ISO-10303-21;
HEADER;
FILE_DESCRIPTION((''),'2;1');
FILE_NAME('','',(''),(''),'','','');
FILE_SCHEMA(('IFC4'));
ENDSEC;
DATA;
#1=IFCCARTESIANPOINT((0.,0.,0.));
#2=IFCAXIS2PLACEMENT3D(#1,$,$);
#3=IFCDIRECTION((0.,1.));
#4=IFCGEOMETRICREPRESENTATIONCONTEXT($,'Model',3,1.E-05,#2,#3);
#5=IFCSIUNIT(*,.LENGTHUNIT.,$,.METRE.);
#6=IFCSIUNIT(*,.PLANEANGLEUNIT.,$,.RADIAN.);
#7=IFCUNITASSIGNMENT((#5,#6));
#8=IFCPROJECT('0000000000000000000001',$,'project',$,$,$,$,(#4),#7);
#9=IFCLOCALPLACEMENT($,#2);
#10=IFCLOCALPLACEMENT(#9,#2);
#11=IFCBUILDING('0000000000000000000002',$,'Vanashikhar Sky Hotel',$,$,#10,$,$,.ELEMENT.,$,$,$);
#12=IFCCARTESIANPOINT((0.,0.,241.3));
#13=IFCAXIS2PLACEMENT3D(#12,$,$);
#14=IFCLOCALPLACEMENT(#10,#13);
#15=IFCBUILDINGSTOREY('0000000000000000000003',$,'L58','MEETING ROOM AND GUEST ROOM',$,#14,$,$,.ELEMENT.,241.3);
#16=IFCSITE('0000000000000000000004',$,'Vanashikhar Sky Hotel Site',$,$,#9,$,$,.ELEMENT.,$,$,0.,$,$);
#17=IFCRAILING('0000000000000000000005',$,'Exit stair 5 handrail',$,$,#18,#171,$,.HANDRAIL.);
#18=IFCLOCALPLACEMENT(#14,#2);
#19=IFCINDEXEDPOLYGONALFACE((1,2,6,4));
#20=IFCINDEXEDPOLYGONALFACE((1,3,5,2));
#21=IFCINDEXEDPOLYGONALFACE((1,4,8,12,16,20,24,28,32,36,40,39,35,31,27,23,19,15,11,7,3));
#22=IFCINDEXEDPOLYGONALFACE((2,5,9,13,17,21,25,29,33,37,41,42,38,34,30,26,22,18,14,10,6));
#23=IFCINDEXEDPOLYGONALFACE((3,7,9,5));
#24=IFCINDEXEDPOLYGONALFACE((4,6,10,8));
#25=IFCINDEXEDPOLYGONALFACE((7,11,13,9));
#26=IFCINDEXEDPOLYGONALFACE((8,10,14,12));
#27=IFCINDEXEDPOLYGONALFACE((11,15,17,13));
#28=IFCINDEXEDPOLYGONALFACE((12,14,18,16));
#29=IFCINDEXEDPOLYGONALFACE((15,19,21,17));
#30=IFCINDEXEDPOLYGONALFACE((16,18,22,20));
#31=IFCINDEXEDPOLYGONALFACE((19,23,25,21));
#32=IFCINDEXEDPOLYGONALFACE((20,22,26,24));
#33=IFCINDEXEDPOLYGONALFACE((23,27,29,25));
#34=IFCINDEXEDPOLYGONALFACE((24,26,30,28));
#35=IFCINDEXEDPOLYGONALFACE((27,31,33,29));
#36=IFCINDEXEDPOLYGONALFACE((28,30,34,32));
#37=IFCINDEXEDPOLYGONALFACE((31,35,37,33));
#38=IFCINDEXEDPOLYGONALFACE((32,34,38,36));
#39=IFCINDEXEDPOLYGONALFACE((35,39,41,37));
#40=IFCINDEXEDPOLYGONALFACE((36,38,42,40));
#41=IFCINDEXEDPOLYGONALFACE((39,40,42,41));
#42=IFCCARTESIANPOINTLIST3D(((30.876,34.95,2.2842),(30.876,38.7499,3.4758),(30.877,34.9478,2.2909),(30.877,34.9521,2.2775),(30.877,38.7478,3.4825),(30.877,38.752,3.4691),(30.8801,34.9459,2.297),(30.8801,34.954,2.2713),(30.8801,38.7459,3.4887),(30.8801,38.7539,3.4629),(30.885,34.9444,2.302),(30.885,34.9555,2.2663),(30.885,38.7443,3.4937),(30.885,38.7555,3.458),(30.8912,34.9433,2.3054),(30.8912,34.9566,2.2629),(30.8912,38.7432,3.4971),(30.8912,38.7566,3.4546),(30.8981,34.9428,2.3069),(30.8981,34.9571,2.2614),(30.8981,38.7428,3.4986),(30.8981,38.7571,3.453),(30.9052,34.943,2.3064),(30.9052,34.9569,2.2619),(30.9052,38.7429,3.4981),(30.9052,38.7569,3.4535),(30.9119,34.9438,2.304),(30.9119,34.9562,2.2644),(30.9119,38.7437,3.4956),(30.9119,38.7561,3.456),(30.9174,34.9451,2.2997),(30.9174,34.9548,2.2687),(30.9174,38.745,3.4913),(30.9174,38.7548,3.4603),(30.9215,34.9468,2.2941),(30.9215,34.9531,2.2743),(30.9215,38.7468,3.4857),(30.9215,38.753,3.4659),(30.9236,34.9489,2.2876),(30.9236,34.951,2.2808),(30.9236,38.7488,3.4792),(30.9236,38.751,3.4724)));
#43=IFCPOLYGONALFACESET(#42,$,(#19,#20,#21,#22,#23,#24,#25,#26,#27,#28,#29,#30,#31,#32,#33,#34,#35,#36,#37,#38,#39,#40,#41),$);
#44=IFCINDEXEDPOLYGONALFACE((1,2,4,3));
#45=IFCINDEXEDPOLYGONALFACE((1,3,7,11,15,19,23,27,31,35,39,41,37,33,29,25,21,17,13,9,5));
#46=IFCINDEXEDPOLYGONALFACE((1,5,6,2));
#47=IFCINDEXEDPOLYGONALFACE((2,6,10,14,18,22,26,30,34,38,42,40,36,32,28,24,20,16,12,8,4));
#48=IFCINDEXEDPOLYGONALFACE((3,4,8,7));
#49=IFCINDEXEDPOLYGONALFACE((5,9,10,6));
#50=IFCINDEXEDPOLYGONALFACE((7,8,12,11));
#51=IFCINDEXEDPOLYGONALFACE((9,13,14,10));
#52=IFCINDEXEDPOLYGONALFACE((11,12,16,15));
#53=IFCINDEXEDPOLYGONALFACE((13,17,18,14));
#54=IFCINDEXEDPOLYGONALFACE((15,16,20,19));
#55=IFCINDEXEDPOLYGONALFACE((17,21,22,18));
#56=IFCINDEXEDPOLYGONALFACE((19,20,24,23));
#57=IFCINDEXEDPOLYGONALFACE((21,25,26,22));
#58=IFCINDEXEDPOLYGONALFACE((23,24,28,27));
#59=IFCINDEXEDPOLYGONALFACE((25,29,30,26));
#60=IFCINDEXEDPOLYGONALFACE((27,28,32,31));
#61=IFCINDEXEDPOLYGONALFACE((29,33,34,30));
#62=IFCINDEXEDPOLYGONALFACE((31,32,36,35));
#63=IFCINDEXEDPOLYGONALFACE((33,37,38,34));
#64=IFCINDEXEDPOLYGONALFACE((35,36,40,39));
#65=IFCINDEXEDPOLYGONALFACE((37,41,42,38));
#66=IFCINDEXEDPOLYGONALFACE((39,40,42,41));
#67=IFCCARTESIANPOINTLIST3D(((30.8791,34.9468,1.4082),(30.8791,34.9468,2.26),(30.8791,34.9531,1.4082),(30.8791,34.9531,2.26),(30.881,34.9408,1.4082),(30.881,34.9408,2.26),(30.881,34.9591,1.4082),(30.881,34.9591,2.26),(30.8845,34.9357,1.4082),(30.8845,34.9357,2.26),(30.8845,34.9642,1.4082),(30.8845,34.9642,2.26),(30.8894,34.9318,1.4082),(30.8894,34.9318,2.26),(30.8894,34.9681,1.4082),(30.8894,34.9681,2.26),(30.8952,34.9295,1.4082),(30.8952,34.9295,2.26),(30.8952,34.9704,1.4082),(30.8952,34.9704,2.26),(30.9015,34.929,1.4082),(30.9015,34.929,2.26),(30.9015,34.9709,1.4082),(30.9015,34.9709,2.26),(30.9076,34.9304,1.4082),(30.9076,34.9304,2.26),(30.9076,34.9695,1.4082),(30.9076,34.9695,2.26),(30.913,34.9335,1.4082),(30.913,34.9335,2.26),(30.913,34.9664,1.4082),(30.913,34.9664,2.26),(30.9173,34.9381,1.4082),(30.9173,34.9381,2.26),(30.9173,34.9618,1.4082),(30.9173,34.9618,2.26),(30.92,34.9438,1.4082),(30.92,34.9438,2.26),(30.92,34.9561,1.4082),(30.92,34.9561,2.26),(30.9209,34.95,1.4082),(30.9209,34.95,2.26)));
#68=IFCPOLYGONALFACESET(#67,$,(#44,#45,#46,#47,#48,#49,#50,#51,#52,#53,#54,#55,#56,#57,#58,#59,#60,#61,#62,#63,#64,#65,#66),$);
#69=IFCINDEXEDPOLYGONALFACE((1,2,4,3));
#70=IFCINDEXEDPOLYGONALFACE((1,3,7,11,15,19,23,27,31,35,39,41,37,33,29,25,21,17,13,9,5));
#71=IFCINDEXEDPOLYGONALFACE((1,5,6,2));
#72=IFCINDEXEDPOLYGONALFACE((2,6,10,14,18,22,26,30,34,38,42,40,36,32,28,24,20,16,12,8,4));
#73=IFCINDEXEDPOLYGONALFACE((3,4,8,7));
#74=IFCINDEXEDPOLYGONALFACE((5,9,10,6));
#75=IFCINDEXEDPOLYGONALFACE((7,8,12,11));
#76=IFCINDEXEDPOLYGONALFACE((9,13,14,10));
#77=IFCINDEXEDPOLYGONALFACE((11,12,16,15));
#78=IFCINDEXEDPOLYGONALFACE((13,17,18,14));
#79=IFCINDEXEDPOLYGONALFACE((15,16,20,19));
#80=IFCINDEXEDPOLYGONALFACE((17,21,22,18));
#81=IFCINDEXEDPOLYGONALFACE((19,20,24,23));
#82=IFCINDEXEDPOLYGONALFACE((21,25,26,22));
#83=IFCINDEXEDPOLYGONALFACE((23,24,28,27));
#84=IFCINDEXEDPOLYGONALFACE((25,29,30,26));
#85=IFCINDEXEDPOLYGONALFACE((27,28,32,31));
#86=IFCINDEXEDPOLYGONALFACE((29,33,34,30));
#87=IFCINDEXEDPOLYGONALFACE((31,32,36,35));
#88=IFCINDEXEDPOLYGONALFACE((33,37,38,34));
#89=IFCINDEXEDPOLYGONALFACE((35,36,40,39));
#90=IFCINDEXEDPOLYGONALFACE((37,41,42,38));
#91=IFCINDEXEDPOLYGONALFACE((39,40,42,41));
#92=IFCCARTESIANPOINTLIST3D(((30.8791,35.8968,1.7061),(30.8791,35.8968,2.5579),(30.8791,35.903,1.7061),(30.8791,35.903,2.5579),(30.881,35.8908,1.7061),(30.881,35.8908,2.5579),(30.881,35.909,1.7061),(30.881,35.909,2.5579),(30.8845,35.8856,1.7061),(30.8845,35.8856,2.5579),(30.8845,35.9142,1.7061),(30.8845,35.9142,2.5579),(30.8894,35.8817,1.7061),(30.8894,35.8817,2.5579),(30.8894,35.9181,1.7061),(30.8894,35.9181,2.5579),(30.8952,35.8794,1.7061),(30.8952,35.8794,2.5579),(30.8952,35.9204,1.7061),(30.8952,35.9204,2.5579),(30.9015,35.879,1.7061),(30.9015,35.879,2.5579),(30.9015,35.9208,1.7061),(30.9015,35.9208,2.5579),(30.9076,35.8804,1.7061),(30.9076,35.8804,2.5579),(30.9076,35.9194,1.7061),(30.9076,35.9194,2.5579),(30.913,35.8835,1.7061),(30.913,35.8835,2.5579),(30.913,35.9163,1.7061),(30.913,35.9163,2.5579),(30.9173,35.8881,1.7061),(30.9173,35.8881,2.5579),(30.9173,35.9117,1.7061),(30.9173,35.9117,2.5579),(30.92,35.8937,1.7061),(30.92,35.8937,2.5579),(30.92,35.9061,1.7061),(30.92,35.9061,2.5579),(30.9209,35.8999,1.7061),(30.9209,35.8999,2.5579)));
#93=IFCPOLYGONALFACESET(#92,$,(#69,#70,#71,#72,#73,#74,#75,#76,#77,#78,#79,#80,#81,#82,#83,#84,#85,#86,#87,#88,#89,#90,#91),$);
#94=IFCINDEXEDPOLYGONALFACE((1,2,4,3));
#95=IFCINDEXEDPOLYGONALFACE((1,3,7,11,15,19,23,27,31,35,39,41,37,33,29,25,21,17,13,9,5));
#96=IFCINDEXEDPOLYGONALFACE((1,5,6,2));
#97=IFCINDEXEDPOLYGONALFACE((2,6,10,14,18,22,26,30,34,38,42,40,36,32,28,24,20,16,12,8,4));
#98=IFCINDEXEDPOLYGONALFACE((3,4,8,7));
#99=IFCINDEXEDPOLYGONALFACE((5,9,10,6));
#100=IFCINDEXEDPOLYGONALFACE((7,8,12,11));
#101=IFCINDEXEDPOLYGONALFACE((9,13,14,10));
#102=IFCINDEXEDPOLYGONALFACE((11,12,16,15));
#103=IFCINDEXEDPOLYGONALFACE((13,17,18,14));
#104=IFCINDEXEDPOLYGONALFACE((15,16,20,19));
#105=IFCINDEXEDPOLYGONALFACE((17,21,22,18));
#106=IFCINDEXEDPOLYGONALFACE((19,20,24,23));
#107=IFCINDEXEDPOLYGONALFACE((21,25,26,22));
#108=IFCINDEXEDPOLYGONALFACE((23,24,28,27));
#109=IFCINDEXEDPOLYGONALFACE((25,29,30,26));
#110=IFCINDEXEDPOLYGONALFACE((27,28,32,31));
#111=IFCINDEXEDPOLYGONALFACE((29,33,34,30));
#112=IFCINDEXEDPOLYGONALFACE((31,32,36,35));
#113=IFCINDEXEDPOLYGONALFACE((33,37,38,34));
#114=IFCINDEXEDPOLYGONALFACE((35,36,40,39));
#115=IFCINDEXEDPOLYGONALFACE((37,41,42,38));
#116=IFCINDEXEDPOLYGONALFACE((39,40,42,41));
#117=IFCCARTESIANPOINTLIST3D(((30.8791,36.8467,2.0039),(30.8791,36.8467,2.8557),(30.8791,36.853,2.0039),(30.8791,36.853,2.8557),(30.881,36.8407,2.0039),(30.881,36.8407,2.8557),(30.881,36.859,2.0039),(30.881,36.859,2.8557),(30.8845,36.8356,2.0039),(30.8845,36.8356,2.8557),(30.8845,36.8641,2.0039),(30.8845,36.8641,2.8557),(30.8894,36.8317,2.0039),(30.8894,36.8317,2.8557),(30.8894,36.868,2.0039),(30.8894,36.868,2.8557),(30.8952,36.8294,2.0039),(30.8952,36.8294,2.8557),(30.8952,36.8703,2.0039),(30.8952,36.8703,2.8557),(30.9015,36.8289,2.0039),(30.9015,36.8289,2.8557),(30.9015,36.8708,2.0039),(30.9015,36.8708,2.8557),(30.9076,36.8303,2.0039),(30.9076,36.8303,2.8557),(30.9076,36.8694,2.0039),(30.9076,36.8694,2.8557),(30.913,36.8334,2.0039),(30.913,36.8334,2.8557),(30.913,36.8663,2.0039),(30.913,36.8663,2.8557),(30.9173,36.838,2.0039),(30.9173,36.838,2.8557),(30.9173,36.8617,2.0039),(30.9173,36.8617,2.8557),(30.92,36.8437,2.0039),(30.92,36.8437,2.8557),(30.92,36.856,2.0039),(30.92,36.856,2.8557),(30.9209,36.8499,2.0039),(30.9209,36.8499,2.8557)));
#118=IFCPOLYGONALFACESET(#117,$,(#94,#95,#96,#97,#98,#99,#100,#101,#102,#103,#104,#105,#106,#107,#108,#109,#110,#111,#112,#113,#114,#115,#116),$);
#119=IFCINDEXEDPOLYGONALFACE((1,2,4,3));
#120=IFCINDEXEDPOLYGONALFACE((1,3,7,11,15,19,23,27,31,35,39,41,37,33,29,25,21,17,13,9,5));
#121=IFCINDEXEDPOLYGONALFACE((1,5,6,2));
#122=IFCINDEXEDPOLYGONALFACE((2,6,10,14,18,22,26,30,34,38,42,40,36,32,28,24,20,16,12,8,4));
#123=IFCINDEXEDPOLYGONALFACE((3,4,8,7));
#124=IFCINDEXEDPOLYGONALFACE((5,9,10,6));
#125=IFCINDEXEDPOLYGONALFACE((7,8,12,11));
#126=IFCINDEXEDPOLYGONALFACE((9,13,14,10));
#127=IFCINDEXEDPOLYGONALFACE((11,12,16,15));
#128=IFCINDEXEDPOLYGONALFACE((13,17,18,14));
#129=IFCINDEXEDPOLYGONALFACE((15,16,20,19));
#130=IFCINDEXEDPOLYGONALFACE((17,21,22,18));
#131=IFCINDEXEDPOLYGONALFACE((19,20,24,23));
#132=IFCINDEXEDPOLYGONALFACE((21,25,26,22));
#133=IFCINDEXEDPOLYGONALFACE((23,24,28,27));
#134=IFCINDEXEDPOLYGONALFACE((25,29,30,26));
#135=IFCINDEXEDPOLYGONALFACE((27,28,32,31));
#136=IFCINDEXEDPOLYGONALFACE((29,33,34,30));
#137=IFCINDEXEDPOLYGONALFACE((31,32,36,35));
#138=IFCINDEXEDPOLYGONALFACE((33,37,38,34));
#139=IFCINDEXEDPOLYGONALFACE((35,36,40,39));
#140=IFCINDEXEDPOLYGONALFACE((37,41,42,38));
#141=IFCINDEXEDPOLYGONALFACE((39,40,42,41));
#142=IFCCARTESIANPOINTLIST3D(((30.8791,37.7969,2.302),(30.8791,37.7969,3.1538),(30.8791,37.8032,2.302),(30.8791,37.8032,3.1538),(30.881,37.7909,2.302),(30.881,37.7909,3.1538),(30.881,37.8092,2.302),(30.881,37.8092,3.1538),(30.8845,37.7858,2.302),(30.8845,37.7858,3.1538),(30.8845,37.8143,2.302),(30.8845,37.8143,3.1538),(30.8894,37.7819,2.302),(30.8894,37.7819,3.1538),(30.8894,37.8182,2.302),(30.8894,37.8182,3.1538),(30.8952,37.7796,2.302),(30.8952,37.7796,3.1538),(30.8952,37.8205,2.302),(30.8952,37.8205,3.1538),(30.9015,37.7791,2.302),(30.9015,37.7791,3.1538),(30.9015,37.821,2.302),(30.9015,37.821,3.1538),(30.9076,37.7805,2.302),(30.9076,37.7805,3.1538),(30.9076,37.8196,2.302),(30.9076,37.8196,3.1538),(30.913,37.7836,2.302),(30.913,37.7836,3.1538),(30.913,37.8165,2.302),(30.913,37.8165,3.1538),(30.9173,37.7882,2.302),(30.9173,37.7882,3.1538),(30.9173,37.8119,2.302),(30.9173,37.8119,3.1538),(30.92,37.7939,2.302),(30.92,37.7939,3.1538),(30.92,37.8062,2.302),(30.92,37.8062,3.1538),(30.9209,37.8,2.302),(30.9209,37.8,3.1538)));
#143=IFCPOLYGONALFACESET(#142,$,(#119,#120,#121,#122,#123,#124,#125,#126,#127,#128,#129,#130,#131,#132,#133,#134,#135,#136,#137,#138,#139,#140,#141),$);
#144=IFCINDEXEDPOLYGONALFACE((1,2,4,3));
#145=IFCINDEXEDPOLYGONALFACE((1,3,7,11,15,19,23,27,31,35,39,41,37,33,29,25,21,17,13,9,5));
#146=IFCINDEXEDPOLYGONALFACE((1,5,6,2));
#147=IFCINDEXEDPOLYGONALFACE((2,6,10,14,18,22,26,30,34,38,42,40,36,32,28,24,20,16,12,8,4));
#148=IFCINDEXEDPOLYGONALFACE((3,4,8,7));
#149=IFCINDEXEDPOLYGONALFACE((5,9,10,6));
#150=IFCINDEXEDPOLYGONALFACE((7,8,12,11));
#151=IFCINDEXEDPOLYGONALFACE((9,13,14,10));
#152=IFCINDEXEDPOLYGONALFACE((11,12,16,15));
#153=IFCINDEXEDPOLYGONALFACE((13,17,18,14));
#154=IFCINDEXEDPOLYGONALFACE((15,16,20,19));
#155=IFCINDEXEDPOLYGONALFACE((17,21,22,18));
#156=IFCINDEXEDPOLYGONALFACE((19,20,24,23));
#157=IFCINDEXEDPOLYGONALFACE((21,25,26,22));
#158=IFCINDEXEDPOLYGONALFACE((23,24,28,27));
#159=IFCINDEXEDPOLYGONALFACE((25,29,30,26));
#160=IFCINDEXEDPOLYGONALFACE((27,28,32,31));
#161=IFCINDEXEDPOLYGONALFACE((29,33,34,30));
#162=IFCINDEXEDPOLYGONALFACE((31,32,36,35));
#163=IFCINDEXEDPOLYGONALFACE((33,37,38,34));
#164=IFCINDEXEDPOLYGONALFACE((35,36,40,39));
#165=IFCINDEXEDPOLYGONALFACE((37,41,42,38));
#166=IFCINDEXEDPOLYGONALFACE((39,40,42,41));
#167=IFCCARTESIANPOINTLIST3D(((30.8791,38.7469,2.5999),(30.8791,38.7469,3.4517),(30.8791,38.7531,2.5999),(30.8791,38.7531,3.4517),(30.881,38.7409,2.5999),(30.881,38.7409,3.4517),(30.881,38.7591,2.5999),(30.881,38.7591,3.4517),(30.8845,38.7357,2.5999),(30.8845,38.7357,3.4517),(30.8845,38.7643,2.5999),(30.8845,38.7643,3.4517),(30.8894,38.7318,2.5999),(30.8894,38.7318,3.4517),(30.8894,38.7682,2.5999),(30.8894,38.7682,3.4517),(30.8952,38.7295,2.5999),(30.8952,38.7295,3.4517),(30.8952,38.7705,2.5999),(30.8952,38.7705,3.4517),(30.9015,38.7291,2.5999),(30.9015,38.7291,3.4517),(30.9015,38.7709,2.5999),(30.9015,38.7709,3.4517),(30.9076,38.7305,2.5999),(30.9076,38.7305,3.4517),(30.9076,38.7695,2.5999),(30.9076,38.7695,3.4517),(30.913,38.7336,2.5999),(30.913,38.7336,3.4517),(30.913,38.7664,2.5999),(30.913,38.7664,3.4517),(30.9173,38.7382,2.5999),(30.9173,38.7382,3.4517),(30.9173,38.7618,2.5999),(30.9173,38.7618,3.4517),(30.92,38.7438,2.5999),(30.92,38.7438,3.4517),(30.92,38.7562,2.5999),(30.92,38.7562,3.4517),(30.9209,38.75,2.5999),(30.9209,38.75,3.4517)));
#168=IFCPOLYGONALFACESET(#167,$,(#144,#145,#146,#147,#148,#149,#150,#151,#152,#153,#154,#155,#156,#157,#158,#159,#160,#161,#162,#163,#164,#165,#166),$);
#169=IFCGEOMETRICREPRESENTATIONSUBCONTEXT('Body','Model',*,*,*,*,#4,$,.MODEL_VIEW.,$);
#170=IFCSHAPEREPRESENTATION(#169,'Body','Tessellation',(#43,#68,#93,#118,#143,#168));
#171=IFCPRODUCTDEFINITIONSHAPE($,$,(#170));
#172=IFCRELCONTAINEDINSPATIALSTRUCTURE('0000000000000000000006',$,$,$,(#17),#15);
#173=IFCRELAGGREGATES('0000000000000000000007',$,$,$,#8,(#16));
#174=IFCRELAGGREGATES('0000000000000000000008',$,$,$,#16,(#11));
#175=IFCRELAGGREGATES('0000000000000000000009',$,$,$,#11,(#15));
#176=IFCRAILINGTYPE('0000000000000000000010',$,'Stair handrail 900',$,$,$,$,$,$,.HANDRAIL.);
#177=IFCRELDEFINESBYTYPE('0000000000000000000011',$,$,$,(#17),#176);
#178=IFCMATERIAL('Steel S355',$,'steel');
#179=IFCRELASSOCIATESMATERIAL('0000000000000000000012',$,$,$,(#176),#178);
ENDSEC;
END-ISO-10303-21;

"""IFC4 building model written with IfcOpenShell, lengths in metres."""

from ifc_helpers import new_model, si_unit, direction, frame, origin, origin_2d, place, context, subcontext, project, spatial, circle, extrude, source, transform, mapped, material, type_object, element, save


model = new_model("IFC4")

# Units and contexts
model_context = context("Model", 3, precision=1e-05, world=origin(), true_north=direction((0.0, 1.0)))
body_context = subcontext(model_context, "Body", "Model", "MODEL_VIEW")
ifc_project = project(units=[si_unit("LENGTHUNIT", "METRE"), si_unit("PLANEANGLEUNIT", "RADIAN")], contexts=[model_context])

# Site, building, storey
site_placement = place(None, origin())
site = spatial("IfcSite", under=ifc_project, at=site_placement, Name="Vanashikhar Sky Hotel Site", CompositionType="ELEMENT", RefElevation=0.0)
building_placement = place(site_placement, origin())
building = spatial("IfcBuilding", under=site, at=building_placement, Name="Vanashikhar Sky Hotel", CompositionType="ELEMENT")
storey_placement = place(building_placement, frame((0.0, 0.0, 241.3)))
storey = spatial("IfcBuildingStorey", under=building, at=storey_placement, Name="L58", Description="MEETING ROOM AND GUEST ROOM", CompositionType="ELEMENT", Elevation=241.3)

# Railing
ifc_material_1 = material(Name="Steel S355", Category="steel")
railing_type_1 = type_object("IfcRailingType", Name="Stair handrail 900", PredefinedType="HANDRAIL", material=ifc_material_1)
shared_shape_1 = source(origin(), body_context, "Body", "SweptSolid", [
    extrude(circle(Radius=0.0239, at=origin_2d()), frame((0.0, 0.0, 0.876), z_axis=(0.0, 0.954184, 0.299221), x_axis=(-1.0, 0.0, 0.0)), (0.0, 0.0, 1.0), 3.9824),
    extrude(circle(Radius=0.021, at=origin_2d()), origin(), (0.0, 0.0, 1.0), 0.8518),
    extrude(circle(Radius=0.021, at=origin_2d()), frame((0.0, 0.95, 0.2979)), (0.0, 0.0, 1.0), 0.8518),
    extrude(circle(Radius=0.021, at=origin_2d()), frame((0.0, 1.8999, 0.5957)), (0.0, 0.0, 1.0), 0.8518),
    extrude(circle(Radius=0.021, at=origin_2d()), frame((0.0, 2.8501, 0.8938)), (0.0, 0.0, 1.0), 0.8518),
    extrude(circle(Radius=0.021, at=origin_2d()), frame((0.0, 3.8, 1.1917)), (0.0, 0.0, 1.0), 0.8518),
])
railing_placement = place(storey_placement, frame((30.8999, 34.95, 1.4082)))
element("IfcRailing", 1, at=railing_placement, inside=storey, type_object=railing_type_1, Name="Exit stair 5 handrail", PredefinedType="HANDRAIL", context=body_context, shape_type="MappedRepresentation", body=[
    mapped(shared_shape_1, transform((0.0, 0.0, 0.0), scale=1.0)),
])

save(model, "model.ifc")
